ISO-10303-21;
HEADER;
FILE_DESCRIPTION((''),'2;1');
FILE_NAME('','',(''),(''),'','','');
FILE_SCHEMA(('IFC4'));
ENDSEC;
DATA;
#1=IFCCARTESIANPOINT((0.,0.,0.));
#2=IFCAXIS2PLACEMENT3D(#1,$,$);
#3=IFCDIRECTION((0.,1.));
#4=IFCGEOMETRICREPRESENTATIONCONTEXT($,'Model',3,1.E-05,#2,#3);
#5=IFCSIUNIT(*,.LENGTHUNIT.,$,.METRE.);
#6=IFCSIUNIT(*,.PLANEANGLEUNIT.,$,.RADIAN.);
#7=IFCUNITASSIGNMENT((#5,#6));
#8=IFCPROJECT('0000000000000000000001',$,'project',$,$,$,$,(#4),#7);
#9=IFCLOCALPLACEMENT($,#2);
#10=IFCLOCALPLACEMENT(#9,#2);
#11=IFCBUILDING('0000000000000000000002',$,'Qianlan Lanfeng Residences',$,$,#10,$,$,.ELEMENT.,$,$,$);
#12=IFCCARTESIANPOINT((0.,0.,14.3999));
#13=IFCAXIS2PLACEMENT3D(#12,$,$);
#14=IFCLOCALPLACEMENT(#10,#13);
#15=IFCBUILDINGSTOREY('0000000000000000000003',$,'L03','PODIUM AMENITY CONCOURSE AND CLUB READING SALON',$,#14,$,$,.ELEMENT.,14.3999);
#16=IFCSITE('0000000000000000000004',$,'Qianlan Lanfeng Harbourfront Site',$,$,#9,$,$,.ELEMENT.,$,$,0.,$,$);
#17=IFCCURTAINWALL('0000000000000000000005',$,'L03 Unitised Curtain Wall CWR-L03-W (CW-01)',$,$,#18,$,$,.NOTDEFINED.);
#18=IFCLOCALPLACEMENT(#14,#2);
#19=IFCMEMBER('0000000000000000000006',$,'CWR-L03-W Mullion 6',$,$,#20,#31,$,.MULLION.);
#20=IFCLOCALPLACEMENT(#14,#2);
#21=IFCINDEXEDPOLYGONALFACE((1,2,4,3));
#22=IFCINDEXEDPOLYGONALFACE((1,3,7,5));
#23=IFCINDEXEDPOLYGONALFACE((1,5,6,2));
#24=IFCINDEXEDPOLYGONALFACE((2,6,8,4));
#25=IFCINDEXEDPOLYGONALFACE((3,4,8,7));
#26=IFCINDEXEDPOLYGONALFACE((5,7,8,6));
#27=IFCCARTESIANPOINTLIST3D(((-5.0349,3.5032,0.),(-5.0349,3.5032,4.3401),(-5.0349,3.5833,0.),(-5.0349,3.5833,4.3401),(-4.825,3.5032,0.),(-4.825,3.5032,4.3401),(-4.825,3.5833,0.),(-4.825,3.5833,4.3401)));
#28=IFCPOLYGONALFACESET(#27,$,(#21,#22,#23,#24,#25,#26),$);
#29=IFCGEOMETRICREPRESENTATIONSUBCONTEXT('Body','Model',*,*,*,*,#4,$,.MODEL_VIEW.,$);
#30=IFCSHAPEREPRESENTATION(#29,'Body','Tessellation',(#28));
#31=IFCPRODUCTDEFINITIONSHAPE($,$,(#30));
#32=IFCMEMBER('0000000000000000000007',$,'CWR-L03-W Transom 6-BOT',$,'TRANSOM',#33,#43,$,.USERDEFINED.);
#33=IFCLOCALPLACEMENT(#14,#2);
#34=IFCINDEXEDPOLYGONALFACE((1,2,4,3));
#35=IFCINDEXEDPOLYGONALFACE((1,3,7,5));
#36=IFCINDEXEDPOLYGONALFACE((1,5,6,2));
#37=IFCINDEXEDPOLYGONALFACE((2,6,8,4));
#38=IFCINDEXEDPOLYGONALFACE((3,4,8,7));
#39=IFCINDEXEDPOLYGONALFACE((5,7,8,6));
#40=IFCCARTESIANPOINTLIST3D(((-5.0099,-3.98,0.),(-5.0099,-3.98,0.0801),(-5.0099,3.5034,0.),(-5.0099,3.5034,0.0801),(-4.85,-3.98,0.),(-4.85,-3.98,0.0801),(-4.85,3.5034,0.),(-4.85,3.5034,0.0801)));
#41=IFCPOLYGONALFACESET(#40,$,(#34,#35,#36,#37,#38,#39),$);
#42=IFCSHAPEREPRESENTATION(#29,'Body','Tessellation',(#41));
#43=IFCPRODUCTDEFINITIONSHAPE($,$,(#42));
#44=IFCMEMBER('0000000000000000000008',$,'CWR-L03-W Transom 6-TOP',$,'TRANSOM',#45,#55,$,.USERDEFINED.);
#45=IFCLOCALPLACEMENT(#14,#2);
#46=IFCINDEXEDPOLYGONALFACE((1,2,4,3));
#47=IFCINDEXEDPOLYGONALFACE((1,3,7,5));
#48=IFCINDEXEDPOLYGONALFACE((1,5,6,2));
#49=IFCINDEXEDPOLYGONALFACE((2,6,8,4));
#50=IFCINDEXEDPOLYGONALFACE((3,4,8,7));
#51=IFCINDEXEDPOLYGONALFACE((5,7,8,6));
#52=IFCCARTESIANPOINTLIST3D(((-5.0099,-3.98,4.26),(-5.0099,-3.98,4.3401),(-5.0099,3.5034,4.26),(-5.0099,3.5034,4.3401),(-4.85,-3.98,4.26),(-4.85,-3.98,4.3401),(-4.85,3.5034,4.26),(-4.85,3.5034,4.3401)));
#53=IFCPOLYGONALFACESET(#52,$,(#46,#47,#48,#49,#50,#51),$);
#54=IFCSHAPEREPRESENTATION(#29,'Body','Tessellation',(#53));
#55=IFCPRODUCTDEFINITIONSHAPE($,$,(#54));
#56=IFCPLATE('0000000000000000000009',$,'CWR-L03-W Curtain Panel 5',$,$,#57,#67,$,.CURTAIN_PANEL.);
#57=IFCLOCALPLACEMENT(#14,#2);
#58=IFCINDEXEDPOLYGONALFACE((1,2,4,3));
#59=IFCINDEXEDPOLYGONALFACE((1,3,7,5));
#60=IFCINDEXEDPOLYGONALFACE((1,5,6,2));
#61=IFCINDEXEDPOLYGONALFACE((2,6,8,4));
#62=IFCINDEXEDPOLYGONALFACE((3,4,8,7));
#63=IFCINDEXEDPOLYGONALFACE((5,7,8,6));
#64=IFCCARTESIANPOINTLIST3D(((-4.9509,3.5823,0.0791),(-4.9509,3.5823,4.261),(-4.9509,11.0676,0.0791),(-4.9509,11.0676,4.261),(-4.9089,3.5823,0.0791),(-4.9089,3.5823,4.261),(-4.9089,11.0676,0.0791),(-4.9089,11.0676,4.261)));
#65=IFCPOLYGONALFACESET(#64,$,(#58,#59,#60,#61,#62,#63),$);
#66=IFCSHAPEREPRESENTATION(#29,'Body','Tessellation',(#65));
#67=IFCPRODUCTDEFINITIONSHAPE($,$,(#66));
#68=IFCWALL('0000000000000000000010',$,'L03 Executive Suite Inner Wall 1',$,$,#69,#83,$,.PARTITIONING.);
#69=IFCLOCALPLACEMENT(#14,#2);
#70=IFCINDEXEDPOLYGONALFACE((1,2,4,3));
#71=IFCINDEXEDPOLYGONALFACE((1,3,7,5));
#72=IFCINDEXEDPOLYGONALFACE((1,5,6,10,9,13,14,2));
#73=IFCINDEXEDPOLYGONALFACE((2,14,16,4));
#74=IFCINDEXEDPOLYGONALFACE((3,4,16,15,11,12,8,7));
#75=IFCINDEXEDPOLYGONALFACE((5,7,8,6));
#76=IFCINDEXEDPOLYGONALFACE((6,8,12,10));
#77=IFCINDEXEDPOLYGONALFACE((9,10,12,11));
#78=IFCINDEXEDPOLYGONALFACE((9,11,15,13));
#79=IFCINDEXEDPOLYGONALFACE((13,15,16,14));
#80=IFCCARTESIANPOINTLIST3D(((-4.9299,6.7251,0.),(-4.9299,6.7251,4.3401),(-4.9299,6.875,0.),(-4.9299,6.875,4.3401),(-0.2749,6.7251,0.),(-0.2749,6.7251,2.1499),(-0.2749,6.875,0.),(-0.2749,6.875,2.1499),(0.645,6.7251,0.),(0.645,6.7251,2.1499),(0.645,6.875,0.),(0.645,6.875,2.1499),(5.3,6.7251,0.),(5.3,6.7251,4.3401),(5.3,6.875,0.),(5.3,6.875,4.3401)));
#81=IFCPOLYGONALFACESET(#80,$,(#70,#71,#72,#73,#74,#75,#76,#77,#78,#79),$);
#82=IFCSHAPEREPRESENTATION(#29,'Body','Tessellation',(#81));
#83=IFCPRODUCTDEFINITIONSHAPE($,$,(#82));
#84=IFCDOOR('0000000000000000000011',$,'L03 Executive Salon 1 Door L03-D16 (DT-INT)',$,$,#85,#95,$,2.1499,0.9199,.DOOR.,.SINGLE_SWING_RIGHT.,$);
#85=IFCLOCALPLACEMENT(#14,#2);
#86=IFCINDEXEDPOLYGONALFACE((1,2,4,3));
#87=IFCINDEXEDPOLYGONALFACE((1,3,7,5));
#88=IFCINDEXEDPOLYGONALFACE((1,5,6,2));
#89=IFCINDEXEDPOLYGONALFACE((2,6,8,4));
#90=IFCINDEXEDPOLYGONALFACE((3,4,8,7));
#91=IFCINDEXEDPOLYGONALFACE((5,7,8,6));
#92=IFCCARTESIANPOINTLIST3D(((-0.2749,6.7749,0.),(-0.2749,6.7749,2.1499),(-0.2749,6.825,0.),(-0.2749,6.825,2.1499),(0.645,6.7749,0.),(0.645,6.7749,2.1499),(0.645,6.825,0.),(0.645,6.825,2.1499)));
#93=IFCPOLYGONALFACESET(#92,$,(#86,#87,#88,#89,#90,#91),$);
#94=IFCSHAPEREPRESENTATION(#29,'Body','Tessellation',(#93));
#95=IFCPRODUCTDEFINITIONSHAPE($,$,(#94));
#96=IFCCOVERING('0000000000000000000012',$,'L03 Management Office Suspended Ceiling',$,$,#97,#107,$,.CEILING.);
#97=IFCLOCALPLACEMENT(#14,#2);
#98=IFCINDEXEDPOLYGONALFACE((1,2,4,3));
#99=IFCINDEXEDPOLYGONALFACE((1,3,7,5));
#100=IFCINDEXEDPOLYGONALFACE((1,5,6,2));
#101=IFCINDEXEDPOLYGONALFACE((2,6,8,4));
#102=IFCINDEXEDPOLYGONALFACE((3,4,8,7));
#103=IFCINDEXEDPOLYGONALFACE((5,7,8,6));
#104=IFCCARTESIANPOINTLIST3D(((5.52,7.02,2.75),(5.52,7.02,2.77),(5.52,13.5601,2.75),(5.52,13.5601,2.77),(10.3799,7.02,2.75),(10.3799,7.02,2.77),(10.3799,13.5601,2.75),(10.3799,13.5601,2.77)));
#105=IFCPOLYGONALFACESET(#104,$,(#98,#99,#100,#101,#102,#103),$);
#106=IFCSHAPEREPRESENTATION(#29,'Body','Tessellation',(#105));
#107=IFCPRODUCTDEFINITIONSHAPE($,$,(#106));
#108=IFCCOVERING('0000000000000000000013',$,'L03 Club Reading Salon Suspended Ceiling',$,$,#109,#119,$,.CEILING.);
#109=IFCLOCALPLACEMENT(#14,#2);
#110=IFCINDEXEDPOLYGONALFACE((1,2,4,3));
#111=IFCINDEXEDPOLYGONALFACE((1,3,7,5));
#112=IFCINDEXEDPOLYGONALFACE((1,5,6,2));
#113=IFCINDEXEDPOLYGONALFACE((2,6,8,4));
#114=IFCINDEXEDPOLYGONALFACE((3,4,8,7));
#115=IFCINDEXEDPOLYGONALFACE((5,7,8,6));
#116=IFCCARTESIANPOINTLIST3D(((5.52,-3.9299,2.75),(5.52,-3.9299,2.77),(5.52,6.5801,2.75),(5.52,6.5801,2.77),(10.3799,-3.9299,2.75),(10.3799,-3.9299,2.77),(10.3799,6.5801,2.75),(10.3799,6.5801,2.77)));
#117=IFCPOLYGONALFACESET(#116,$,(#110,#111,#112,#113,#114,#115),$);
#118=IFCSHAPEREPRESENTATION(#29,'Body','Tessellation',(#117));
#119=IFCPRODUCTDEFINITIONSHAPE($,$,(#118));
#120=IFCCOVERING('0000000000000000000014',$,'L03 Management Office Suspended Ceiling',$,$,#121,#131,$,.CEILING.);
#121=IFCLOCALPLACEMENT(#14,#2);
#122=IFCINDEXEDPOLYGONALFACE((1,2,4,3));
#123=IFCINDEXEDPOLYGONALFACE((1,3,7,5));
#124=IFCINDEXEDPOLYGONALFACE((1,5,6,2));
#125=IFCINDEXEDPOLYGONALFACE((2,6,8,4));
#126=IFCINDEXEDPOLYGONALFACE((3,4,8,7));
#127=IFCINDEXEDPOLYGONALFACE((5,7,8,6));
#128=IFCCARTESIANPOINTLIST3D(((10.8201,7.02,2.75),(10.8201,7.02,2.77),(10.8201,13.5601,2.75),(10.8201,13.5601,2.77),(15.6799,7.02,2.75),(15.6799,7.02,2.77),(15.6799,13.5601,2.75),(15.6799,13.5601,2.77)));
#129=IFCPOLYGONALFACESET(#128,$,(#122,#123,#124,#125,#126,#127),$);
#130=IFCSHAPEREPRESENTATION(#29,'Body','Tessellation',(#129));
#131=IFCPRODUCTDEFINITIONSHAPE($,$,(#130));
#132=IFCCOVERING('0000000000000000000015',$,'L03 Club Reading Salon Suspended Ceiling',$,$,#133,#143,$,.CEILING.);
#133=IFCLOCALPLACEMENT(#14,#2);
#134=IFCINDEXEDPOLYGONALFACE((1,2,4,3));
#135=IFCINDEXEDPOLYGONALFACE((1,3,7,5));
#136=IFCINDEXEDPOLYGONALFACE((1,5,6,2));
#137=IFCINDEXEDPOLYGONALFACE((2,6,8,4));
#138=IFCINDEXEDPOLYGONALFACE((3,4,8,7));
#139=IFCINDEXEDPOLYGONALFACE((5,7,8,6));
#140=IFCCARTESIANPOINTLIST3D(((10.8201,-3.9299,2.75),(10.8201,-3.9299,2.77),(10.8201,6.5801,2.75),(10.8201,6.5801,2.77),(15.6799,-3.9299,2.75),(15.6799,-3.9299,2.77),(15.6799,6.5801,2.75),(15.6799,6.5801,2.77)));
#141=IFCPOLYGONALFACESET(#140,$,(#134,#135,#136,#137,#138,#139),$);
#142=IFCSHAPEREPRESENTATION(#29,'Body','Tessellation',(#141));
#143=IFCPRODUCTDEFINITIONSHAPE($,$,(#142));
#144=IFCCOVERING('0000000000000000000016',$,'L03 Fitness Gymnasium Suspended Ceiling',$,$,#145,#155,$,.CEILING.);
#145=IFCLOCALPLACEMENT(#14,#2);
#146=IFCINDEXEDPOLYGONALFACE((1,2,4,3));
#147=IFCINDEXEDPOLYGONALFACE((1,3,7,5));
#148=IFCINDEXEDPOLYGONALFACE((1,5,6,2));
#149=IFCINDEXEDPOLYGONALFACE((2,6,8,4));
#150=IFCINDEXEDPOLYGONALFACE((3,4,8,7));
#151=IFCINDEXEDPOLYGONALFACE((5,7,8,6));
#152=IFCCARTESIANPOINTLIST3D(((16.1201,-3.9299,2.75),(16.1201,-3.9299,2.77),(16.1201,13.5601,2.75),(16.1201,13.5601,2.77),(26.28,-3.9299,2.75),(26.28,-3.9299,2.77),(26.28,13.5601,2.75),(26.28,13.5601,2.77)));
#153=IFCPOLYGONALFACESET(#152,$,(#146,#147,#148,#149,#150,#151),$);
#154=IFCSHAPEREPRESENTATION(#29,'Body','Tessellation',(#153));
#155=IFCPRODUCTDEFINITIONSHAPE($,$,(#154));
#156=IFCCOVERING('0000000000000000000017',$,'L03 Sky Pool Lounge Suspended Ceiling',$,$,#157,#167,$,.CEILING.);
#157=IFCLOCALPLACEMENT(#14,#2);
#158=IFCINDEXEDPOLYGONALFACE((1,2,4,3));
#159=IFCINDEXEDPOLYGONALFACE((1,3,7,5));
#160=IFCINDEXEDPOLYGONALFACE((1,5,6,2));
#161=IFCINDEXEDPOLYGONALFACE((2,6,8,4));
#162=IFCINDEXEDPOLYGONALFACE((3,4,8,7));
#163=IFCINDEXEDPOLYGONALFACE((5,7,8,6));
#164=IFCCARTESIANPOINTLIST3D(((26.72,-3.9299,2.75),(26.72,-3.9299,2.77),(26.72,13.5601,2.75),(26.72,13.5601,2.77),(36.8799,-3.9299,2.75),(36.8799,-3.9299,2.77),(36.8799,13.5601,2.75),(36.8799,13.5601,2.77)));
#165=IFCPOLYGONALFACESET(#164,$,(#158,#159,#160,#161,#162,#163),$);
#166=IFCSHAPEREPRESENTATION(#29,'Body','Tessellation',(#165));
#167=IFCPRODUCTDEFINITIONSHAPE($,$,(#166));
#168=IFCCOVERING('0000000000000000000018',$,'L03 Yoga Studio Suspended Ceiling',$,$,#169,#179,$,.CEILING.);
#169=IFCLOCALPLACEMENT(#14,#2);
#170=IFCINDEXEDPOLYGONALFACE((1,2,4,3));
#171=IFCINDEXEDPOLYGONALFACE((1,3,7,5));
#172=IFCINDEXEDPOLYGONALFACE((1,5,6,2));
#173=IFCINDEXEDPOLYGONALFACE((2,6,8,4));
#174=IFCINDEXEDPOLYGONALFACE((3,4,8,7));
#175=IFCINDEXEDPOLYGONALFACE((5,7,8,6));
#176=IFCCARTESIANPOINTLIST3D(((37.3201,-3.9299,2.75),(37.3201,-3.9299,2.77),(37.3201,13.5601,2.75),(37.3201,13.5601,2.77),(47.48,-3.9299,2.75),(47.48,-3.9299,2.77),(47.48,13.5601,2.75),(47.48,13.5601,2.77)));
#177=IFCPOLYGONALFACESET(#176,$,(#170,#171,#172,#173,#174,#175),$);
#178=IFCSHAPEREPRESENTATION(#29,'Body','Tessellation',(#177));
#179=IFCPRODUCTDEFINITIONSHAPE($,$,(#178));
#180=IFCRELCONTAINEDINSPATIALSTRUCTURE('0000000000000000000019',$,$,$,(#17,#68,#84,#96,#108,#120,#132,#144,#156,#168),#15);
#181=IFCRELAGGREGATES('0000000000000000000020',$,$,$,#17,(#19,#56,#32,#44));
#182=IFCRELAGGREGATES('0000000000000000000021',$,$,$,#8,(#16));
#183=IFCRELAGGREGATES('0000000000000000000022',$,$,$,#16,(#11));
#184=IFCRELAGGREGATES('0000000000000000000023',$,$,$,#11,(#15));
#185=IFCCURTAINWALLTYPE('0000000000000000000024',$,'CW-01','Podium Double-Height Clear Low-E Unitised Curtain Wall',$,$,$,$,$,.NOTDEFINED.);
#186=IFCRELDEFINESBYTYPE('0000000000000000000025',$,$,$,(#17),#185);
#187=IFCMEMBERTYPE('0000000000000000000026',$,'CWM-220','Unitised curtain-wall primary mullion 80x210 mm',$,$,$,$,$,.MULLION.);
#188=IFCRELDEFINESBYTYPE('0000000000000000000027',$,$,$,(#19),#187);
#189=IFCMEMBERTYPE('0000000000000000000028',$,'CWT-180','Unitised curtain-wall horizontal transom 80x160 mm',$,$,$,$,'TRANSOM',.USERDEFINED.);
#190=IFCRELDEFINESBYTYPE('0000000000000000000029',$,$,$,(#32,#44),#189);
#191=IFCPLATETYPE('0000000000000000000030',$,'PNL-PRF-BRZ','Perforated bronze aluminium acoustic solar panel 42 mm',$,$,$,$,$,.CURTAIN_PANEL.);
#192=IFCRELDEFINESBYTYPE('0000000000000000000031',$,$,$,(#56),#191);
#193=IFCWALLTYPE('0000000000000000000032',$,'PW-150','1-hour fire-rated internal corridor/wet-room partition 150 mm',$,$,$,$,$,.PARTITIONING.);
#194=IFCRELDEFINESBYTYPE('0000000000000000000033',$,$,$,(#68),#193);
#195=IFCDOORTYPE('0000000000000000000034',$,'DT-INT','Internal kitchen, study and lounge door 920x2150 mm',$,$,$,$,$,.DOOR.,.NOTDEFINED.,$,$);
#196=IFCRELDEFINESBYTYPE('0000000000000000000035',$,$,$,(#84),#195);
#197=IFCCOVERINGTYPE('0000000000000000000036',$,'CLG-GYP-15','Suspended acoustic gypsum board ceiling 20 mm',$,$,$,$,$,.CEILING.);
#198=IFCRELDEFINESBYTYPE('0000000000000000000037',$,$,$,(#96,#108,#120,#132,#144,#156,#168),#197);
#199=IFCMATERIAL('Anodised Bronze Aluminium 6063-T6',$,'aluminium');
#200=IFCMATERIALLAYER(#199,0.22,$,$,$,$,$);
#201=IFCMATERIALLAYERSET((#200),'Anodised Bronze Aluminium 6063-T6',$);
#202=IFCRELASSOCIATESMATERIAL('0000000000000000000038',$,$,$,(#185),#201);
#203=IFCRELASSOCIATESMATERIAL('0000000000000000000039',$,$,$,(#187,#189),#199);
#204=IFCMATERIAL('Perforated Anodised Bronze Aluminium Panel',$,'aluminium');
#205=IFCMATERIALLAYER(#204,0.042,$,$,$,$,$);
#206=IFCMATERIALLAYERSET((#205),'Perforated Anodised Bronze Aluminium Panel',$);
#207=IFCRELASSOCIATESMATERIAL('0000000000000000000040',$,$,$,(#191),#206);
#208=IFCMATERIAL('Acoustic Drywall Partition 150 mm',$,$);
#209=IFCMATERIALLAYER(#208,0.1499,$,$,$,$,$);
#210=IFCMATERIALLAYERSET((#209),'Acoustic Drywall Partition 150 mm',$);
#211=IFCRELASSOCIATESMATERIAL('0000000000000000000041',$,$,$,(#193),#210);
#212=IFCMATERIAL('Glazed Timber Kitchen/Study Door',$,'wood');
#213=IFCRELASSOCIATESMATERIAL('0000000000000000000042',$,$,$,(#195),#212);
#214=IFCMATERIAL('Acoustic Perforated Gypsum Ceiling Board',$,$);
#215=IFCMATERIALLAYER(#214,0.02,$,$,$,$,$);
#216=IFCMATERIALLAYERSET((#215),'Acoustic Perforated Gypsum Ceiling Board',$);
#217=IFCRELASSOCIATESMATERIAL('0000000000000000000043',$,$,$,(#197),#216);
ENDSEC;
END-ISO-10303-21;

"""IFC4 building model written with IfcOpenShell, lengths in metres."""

from ifc_helpers import new_model, si_unit, direction, frame, frame_2d, origin, origin_2d, place, context, subcontext, project, spatial, polyline, rectangle, outline, extrude, source, transform, mapped, material, layer, layer_set, material_profile, profile_set, type_object, element, fill, aggregate, save


model = new_model("IFC4")

# Units and contexts
model_context = context("Model", 3, precision=1e-05, world=origin(), true_north=direction((0.0, 1.0)))
body_context = subcontext(model_context, "Body", "Model", "MODEL_VIEW")
ifc_project = project(units=[si_unit("LENGTHUNIT", "METRE"), si_unit("PLANEANGLEUNIT", "RADIAN")], contexts=[model_context])

# Site, building, storey
site_placement = place(None, origin())
site = spatial("IfcSite", under=ifc_project, at=site_placement, Name="Qianlan Lanfeng Harbourfront Site", CompositionType="ELEMENT", RefElevation=0.0)
building_placement = place(site_placement, origin())
building = spatial("IfcBuilding", under=site, at=building_placement, Name="Qianlan Lanfeng Residences", CompositionType="ELEMENT")
storey_placement = place(building_placement, frame((0.0, 0.0, 14.3999)))
storey = spatial("IfcBuildingStorey", under=building, at=storey_placement, Name="L03", Description="PODIUM AMENITY CONCOURSE AND CLUB READING SALON", CompositionType="ELEMENT", Elevation=14.3999)

# Curtain wall, members, plate
ifc_material_1 = material(Name="Anodised Bronze Aluminium 6063-T6", Category="aluminium")
ifc_layer_1 = layer(ifc_material_1, 0.22)
ifc_layer_set_1 = layer_set([ifc_layer_1], Name="Anodised Bronze Aluminium 6063-T6")
curtain_wall_type = type_object("IfcCurtainWallType", Name="CW-01", Description="Podium Double-Height Clear Low-E Unitised Curtain Wall", PredefinedType="NOTDEFINED", material=ifc_layer_set_1)
curtain_wall_placement = place(storey_placement, origin())
curtain_wall = element("IfcCurtainWall", 1, at=curtain_wall_placement, inside=storey, type_object=curtain_wall_type, Name="L03 Unitised Curtain Wall CWR-L03-W (CW-01)", PredefinedType="NOTDEFINED")
ifc_material_profile_1 = material_profile(ifc_material_1, rectangle(XDim=0.0801, YDim=0.21, at=origin_2d()), Name="ALU MULLION 80x210")
ifc_profile_set_1 = profile_set([ifc_material_profile_1], Name="Anodised Bronze Aluminium 6063-T6")
member_type_1 = type_object("IfcMemberType", Name="CWM-220", Description="Unitised curtain-wall primary mullion 80x210 mm", PredefinedType="MULLION", material=ifc_profile_set_1)
shared_shape_1 = source(origin(), body_context, "Body", "SweptSolid", [
    extrude(rectangle(XDim=0.0801, YDim=0.21, at=origin_2d()), origin(), (0.0, 0.0, 1.0), 4.3401),
])
member_1_placement = place(storey_placement, frame((-4.9299, 3.5432, 0.0), z_axis=(0.0, 0.0, 1.0), x_axis=(0.0, -1.0, 0.0)))
member_1 = element("IfcMember", 2, at=member_1_placement, type_object=member_type_1, Name="CWR-L03-W Mullion 6", PredefinedType="MULLION", context=body_context, shape_type="MappedRepresentation", body=[
    mapped(shared_shape_1, transform((0.0, 0.0, 0.0), scale=1.0)),
])
ifc_material_profile_2 = material_profile(ifc_material_1, rectangle(XDim=0.0801, YDim=0.1599, at=origin_2d()), Name="ALU TRANSOM 80x160")
ifc_profile_set_2 = profile_set([ifc_material_profile_2], Name="Anodised Bronze Aluminium 6063-T6")
member_type_2 = type_object("IfcMemberType", Name="CWT-180", Description="Unitised curtain-wall horizontal transom 80x160 mm", ElementType="TRANSOM", PredefinedType="USERDEFINED", material=ifc_profile_set_2)
shared_shape_2 = source(origin(), body_context, "Body", "SweptSolid", [
    extrude(rectangle(XDim=0.0801, YDim=0.1599, at=origin_2d()), origin(), (0.0, 0.0, 1.0), 7.4834),
])
member_2_placement = place(storey_placement, frame((-4.9299, 3.5034, 0.04), z_axis=(0.0, -1.0, 0.0), x_axis=(0.0, 0.0, 1.0)))
member_2 = element("IfcMember", 3, at=member_2_placement, type_object=member_type_2, Name="CWR-L03-W Transom 6-BOT", ObjectType="TRANSOM", PredefinedType="USERDEFINED", context=body_context, shape_type="MappedRepresentation", body=[
    mapped(shared_shape_2, transform((0.0, 0.0, 0.0), scale=1.0)),
])
member_3_placement = place(storey_placement, frame((-4.9299, 3.5034, 4.3), z_axis=(0.0, -1.0, 0.0), x_axis=(0.0, 0.0, 1.0)))
member_3 = element("IfcMember", 4, at=member_3_placement, type_object=member_type_2, Name="CWR-L03-W Transom 6-TOP", ObjectType="TRANSOM", PredefinedType="USERDEFINED", context=body_context, shape_type="MappedRepresentation", body=[
    mapped(shared_shape_2, transform((0.0, 0.0, 0.0), scale=1.0)),
])
ifc_material_2 = material(Name="Perforated Anodised Bronze Aluminium Panel", Category="aluminium")
ifc_layer_2 = layer(ifc_material_2, 0.042)
ifc_layer_set_2 = layer_set([ifc_layer_2], Name="Perforated Anodised Bronze Aluminium Panel")
plate_type = type_object("IfcPlateType", Name="PNL-PRF-BRZ", Description="Perforated bronze aluminium acoustic solar panel 42 mm", PredefinedType="CURTAIN_PANEL", material=ifc_layer_set_2)
shared_shape_3 = source(origin(), body_context, "Body", "SweptSolid", [
    extrude(rectangle(XDim=7.4854, YDim=0.042, at=origin_2d()), origin(), (0.0, 0.0, 1.0), 4.1819),
])
plate_placement = place(storey_placement, frame((-4.9299, 7.325, 0.0791), z_axis=(0.0, 0.0, 1.0), x_axis=(0.0, -1.0, 0.0)))
plate = element("IfcPlate", 5, at=plate_placement, type_object=plate_type, Name="CWR-L03-W Curtain Panel 5", PredefinedType="CURTAIN_PANEL", context=body_context, shape_type="MappedRepresentation", body=[
    mapped(shared_shape_3, transform((0.0, 0.0, 0.0), scale=1.0)),
])
aggregate(curtain_wall, [member_1, plate, member_2, member_3])

# Wall, opening, door
ifc_material_3 = material(Name="Acoustic Drywall Partition 150 mm")
ifc_layer_3 = layer(ifc_material_3, 0.1499)
ifc_layer_set_3 = layer_set([ifc_layer_3], Name="Acoustic Drywall Partition 150 mm")
wall_type = type_object("IfcWallType", Name="PW-150", Description="1-hour fire-rated internal corridor/wet-room partition 150 mm", PredefinedType="PARTITIONING", material=ifc_layer_set_3)
wall_placement = place(storey_placement, frame((-4.9299, 6.8, 0.0), z_axis=(0.0, 0.0, 1.0), x_axis=(1.0, 0.0, 0.0)))
wall = element("IfcWall", 6, at=wall_placement, inside=storey, type_object=wall_type, Name="L03 Executive Suite Inner Wall 1", PredefinedType="PARTITIONING", context=body_context, shape_type="SweptSolid", body=[
    extrude(rectangle(XDim=10.23, YDim=0.1499, at=frame_2d((5.115, 0.0))), origin(), (0.0, 0.0, 1.0), 4.3401),
])
opening_placement = place(wall_placement, frame((4.655, 0.0, 0.0)))
opening = element("IfcOpeningElement", 7, at=opening_placement, cuts=wall, PredefinedType="OPENING", context=body_context, shape_type="SweptSolid", body=[
    extrude(rectangle(XDim=0.9199, YDim=2.1499, at=frame_2d((0.46, 1.075))), frame((0.0, 0.085, 0.0), z_axis=(0.0, -1.0, 0.0), x_axis=(1.0, 0.0, 0.0)), (0.0, 0.0, 1.0), 0.1699),
])
ifc_material_4 = material(Name="Glazed Timber Kitchen/Study Door", Category="wood")
door_type = type_object("IfcDoorType", Name="DT-INT", Description="Internal kitchen, study and lounge door 920x2150 mm", OperationType="NOTDEFINED", PredefinedType="DOOR", material=ifc_material_4)
door_placement = place(opening_placement, origin())
door = element("IfcDoor", 8, at=door_placement, inside=storey, type_object=door_type, Name="L03 Executive Salon 1 Door L03-D16 (DT-INT)", OperationType="SINGLE_SWING_RIGHT", OverallHeight=2.1499, OverallWidth=0.9199, PredefinedType="DOOR", context=body_context, shape_type="SweptSolid", body=[
    extrude(rectangle(XDim=0.9199, YDim=2.1499, at=frame_2d((0.46, 1.075))), frame((0.0, 0.0249, 0.0), z_axis=(0.0, -1.0, 0.0), x_axis=(1.0, 0.0, 0.0)), (0.0, 0.0, 1.0), 0.05),
])
fill(opening, door)

# Coverings
ifc_material_5 = material(Name="Acoustic Perforated Gypsum Ceiling Board")
ifc_layer_4 = layer(ifc_material_5, 0.02)
ifc_layer_set_4 = layer_set([ifc_layer_4], Name="Acoustic Perforated Gypsum Ceiling Board")
covering_type_1 = type_object("IfcCoveringType", Name="CLG-GYP-15", Description="Suspended acoustic gypsum board ceiling 20 mm", PredefinedType="CEILING", material=ifc_layer_set_4)
covering_1_placement = place(storey_placement, frame((0.0, 0.0, 2.75)))
element("IfcCovering", 9, at=covering_1_placement, inside=storey, type_object=covering_type_1, Name="L03 Management Office Suspended Ceiling", PredefinedType="CEILING", context=body_context, shape_type="SweptSolid", body=[
    extrude(outline(polyline([(5.52, 7.02), (10.3799, 7.02), (10.3799, 13.5601), (5.52, 13.5601), (5.52, 7.02)])), origin(), (0.0, 0.0, 1.0), 0.02),
])
covering_2_placement = place(storey_placement, frame((0.0, 0.0, 2.75)))
element("IfcCovering", 10, at=covering_2_placement, inside=storey, type_object=covering_type_1, Name="L03 Club Reading Salon Suspended Ceiling", PredefinedType="CEILING", context=body_context, shape_type="SweptSolid", body=[
    extrude(outline(polyline([(5.52, -3.9299), (10.3799, -3.9299), (10.3799, 6.5801), (5.52, 6.5801), (5.52, -3.9299)])), origin(), (0.0, 0.0, 1.0), 0.02),
])
covering_3_placement = place(storey_placement, frame((0.0, 0.0, 2.75)))
element("IfcCovering", 11, at=covering_3_placement, inside=storey, type_object=covering_type_1, Name="L03 Management Office Suspended Ceiling", PredefinedType="CEILING", context=body_context, shape_type="SweptSolid", body=[
    extrude(outline(polyline([(10.8201, 7.02), (15.6799, 7.02), (15.6799, 13.5601), (10.8201, 13.5601), (10.8201, 7.02)])), origin(), (0.0, 0.0, 1.0), 0.02),
])
covering_4_placement = place(storey_placement, frame((0.0, 0.0, 2.75)))
element("IfcCovering", 12, at=covering_4_placement, inside=storey, type_object=covering_type_1, Name="L03 Club Reading Salon Suspended Ceiling", PredefinedType="CEILING", context=body_context, shape_type="SweptSolid", body=[
    extrude(outline(polyline([(10.8201, -3.9299), (15.6799, -3.9299), (15.6799, 6.5801), (10.8201, 6.5801), (10.8201, -3.9299)])), origin(), (0.0, 0.0, 1.0), 0.02),
])
covering_5_placement = place(storey_placement, frame((0.0, 0.0, 2.75)))
element("IfcCovering", 13, at=covering_5_placement, inside=storey, type_object=covering_type_1, Name="L03 Fitness Gymnasium Suspended Ceiling", PredefinedType="CEILING", context=body_context, shape_type="SweptSolid", body=[
    extrude(outline(polyline([(16.1201, -3.9299), (26.28, -3.9299), (26.28, 13.5601), (16.1201, 13.5601), (16.1201, -3.9299)])), origin(), (0.0, 0.0, 1.0), 0.02),
])
covering_6_placement = place(storey_placement, frame((0.0, 0.0, 2.75)))
element("IfcCovering", 14, at=covering_6_placement, inside=storey, type_object=covering_type_1, Name="L03 Sky Pool Lounge Suspended Ceiling", PredefinedType="CEILING", context=body_context, shape_type="SweptSolid", body=[
    extrude(outline(polyline([(26.72, -3.9299), (36.8799, -3.9299), (36.8799, 13.5601), (26.72, 13.5601), (26.72, -3.9299)])), origin(), (0.0, 0.0, 1.0), 0.02),
])
covering_7_placement = place(storey_placement, frame((0.0, 0.0, 2.75)))
element("IfcCovering", 15, at=covering_7_placement, inside=storey, type_object=covering_type_1, Name="L03 Yoga Studio Suspended Ceiling", PredefinedType="CEILING", context=body_context, shape_type="SweptSolid", body=[
    extrude(outline(polyline([(37.3201, -3.9299), (47.48, -3.9299), (47.48, 13.5601), (37.3201, 13.5601), (37.3201, -3.9299)])), origin(), (0.0, 0.0, 1.0), 0.02),
])

save(model, "model.ifc")
